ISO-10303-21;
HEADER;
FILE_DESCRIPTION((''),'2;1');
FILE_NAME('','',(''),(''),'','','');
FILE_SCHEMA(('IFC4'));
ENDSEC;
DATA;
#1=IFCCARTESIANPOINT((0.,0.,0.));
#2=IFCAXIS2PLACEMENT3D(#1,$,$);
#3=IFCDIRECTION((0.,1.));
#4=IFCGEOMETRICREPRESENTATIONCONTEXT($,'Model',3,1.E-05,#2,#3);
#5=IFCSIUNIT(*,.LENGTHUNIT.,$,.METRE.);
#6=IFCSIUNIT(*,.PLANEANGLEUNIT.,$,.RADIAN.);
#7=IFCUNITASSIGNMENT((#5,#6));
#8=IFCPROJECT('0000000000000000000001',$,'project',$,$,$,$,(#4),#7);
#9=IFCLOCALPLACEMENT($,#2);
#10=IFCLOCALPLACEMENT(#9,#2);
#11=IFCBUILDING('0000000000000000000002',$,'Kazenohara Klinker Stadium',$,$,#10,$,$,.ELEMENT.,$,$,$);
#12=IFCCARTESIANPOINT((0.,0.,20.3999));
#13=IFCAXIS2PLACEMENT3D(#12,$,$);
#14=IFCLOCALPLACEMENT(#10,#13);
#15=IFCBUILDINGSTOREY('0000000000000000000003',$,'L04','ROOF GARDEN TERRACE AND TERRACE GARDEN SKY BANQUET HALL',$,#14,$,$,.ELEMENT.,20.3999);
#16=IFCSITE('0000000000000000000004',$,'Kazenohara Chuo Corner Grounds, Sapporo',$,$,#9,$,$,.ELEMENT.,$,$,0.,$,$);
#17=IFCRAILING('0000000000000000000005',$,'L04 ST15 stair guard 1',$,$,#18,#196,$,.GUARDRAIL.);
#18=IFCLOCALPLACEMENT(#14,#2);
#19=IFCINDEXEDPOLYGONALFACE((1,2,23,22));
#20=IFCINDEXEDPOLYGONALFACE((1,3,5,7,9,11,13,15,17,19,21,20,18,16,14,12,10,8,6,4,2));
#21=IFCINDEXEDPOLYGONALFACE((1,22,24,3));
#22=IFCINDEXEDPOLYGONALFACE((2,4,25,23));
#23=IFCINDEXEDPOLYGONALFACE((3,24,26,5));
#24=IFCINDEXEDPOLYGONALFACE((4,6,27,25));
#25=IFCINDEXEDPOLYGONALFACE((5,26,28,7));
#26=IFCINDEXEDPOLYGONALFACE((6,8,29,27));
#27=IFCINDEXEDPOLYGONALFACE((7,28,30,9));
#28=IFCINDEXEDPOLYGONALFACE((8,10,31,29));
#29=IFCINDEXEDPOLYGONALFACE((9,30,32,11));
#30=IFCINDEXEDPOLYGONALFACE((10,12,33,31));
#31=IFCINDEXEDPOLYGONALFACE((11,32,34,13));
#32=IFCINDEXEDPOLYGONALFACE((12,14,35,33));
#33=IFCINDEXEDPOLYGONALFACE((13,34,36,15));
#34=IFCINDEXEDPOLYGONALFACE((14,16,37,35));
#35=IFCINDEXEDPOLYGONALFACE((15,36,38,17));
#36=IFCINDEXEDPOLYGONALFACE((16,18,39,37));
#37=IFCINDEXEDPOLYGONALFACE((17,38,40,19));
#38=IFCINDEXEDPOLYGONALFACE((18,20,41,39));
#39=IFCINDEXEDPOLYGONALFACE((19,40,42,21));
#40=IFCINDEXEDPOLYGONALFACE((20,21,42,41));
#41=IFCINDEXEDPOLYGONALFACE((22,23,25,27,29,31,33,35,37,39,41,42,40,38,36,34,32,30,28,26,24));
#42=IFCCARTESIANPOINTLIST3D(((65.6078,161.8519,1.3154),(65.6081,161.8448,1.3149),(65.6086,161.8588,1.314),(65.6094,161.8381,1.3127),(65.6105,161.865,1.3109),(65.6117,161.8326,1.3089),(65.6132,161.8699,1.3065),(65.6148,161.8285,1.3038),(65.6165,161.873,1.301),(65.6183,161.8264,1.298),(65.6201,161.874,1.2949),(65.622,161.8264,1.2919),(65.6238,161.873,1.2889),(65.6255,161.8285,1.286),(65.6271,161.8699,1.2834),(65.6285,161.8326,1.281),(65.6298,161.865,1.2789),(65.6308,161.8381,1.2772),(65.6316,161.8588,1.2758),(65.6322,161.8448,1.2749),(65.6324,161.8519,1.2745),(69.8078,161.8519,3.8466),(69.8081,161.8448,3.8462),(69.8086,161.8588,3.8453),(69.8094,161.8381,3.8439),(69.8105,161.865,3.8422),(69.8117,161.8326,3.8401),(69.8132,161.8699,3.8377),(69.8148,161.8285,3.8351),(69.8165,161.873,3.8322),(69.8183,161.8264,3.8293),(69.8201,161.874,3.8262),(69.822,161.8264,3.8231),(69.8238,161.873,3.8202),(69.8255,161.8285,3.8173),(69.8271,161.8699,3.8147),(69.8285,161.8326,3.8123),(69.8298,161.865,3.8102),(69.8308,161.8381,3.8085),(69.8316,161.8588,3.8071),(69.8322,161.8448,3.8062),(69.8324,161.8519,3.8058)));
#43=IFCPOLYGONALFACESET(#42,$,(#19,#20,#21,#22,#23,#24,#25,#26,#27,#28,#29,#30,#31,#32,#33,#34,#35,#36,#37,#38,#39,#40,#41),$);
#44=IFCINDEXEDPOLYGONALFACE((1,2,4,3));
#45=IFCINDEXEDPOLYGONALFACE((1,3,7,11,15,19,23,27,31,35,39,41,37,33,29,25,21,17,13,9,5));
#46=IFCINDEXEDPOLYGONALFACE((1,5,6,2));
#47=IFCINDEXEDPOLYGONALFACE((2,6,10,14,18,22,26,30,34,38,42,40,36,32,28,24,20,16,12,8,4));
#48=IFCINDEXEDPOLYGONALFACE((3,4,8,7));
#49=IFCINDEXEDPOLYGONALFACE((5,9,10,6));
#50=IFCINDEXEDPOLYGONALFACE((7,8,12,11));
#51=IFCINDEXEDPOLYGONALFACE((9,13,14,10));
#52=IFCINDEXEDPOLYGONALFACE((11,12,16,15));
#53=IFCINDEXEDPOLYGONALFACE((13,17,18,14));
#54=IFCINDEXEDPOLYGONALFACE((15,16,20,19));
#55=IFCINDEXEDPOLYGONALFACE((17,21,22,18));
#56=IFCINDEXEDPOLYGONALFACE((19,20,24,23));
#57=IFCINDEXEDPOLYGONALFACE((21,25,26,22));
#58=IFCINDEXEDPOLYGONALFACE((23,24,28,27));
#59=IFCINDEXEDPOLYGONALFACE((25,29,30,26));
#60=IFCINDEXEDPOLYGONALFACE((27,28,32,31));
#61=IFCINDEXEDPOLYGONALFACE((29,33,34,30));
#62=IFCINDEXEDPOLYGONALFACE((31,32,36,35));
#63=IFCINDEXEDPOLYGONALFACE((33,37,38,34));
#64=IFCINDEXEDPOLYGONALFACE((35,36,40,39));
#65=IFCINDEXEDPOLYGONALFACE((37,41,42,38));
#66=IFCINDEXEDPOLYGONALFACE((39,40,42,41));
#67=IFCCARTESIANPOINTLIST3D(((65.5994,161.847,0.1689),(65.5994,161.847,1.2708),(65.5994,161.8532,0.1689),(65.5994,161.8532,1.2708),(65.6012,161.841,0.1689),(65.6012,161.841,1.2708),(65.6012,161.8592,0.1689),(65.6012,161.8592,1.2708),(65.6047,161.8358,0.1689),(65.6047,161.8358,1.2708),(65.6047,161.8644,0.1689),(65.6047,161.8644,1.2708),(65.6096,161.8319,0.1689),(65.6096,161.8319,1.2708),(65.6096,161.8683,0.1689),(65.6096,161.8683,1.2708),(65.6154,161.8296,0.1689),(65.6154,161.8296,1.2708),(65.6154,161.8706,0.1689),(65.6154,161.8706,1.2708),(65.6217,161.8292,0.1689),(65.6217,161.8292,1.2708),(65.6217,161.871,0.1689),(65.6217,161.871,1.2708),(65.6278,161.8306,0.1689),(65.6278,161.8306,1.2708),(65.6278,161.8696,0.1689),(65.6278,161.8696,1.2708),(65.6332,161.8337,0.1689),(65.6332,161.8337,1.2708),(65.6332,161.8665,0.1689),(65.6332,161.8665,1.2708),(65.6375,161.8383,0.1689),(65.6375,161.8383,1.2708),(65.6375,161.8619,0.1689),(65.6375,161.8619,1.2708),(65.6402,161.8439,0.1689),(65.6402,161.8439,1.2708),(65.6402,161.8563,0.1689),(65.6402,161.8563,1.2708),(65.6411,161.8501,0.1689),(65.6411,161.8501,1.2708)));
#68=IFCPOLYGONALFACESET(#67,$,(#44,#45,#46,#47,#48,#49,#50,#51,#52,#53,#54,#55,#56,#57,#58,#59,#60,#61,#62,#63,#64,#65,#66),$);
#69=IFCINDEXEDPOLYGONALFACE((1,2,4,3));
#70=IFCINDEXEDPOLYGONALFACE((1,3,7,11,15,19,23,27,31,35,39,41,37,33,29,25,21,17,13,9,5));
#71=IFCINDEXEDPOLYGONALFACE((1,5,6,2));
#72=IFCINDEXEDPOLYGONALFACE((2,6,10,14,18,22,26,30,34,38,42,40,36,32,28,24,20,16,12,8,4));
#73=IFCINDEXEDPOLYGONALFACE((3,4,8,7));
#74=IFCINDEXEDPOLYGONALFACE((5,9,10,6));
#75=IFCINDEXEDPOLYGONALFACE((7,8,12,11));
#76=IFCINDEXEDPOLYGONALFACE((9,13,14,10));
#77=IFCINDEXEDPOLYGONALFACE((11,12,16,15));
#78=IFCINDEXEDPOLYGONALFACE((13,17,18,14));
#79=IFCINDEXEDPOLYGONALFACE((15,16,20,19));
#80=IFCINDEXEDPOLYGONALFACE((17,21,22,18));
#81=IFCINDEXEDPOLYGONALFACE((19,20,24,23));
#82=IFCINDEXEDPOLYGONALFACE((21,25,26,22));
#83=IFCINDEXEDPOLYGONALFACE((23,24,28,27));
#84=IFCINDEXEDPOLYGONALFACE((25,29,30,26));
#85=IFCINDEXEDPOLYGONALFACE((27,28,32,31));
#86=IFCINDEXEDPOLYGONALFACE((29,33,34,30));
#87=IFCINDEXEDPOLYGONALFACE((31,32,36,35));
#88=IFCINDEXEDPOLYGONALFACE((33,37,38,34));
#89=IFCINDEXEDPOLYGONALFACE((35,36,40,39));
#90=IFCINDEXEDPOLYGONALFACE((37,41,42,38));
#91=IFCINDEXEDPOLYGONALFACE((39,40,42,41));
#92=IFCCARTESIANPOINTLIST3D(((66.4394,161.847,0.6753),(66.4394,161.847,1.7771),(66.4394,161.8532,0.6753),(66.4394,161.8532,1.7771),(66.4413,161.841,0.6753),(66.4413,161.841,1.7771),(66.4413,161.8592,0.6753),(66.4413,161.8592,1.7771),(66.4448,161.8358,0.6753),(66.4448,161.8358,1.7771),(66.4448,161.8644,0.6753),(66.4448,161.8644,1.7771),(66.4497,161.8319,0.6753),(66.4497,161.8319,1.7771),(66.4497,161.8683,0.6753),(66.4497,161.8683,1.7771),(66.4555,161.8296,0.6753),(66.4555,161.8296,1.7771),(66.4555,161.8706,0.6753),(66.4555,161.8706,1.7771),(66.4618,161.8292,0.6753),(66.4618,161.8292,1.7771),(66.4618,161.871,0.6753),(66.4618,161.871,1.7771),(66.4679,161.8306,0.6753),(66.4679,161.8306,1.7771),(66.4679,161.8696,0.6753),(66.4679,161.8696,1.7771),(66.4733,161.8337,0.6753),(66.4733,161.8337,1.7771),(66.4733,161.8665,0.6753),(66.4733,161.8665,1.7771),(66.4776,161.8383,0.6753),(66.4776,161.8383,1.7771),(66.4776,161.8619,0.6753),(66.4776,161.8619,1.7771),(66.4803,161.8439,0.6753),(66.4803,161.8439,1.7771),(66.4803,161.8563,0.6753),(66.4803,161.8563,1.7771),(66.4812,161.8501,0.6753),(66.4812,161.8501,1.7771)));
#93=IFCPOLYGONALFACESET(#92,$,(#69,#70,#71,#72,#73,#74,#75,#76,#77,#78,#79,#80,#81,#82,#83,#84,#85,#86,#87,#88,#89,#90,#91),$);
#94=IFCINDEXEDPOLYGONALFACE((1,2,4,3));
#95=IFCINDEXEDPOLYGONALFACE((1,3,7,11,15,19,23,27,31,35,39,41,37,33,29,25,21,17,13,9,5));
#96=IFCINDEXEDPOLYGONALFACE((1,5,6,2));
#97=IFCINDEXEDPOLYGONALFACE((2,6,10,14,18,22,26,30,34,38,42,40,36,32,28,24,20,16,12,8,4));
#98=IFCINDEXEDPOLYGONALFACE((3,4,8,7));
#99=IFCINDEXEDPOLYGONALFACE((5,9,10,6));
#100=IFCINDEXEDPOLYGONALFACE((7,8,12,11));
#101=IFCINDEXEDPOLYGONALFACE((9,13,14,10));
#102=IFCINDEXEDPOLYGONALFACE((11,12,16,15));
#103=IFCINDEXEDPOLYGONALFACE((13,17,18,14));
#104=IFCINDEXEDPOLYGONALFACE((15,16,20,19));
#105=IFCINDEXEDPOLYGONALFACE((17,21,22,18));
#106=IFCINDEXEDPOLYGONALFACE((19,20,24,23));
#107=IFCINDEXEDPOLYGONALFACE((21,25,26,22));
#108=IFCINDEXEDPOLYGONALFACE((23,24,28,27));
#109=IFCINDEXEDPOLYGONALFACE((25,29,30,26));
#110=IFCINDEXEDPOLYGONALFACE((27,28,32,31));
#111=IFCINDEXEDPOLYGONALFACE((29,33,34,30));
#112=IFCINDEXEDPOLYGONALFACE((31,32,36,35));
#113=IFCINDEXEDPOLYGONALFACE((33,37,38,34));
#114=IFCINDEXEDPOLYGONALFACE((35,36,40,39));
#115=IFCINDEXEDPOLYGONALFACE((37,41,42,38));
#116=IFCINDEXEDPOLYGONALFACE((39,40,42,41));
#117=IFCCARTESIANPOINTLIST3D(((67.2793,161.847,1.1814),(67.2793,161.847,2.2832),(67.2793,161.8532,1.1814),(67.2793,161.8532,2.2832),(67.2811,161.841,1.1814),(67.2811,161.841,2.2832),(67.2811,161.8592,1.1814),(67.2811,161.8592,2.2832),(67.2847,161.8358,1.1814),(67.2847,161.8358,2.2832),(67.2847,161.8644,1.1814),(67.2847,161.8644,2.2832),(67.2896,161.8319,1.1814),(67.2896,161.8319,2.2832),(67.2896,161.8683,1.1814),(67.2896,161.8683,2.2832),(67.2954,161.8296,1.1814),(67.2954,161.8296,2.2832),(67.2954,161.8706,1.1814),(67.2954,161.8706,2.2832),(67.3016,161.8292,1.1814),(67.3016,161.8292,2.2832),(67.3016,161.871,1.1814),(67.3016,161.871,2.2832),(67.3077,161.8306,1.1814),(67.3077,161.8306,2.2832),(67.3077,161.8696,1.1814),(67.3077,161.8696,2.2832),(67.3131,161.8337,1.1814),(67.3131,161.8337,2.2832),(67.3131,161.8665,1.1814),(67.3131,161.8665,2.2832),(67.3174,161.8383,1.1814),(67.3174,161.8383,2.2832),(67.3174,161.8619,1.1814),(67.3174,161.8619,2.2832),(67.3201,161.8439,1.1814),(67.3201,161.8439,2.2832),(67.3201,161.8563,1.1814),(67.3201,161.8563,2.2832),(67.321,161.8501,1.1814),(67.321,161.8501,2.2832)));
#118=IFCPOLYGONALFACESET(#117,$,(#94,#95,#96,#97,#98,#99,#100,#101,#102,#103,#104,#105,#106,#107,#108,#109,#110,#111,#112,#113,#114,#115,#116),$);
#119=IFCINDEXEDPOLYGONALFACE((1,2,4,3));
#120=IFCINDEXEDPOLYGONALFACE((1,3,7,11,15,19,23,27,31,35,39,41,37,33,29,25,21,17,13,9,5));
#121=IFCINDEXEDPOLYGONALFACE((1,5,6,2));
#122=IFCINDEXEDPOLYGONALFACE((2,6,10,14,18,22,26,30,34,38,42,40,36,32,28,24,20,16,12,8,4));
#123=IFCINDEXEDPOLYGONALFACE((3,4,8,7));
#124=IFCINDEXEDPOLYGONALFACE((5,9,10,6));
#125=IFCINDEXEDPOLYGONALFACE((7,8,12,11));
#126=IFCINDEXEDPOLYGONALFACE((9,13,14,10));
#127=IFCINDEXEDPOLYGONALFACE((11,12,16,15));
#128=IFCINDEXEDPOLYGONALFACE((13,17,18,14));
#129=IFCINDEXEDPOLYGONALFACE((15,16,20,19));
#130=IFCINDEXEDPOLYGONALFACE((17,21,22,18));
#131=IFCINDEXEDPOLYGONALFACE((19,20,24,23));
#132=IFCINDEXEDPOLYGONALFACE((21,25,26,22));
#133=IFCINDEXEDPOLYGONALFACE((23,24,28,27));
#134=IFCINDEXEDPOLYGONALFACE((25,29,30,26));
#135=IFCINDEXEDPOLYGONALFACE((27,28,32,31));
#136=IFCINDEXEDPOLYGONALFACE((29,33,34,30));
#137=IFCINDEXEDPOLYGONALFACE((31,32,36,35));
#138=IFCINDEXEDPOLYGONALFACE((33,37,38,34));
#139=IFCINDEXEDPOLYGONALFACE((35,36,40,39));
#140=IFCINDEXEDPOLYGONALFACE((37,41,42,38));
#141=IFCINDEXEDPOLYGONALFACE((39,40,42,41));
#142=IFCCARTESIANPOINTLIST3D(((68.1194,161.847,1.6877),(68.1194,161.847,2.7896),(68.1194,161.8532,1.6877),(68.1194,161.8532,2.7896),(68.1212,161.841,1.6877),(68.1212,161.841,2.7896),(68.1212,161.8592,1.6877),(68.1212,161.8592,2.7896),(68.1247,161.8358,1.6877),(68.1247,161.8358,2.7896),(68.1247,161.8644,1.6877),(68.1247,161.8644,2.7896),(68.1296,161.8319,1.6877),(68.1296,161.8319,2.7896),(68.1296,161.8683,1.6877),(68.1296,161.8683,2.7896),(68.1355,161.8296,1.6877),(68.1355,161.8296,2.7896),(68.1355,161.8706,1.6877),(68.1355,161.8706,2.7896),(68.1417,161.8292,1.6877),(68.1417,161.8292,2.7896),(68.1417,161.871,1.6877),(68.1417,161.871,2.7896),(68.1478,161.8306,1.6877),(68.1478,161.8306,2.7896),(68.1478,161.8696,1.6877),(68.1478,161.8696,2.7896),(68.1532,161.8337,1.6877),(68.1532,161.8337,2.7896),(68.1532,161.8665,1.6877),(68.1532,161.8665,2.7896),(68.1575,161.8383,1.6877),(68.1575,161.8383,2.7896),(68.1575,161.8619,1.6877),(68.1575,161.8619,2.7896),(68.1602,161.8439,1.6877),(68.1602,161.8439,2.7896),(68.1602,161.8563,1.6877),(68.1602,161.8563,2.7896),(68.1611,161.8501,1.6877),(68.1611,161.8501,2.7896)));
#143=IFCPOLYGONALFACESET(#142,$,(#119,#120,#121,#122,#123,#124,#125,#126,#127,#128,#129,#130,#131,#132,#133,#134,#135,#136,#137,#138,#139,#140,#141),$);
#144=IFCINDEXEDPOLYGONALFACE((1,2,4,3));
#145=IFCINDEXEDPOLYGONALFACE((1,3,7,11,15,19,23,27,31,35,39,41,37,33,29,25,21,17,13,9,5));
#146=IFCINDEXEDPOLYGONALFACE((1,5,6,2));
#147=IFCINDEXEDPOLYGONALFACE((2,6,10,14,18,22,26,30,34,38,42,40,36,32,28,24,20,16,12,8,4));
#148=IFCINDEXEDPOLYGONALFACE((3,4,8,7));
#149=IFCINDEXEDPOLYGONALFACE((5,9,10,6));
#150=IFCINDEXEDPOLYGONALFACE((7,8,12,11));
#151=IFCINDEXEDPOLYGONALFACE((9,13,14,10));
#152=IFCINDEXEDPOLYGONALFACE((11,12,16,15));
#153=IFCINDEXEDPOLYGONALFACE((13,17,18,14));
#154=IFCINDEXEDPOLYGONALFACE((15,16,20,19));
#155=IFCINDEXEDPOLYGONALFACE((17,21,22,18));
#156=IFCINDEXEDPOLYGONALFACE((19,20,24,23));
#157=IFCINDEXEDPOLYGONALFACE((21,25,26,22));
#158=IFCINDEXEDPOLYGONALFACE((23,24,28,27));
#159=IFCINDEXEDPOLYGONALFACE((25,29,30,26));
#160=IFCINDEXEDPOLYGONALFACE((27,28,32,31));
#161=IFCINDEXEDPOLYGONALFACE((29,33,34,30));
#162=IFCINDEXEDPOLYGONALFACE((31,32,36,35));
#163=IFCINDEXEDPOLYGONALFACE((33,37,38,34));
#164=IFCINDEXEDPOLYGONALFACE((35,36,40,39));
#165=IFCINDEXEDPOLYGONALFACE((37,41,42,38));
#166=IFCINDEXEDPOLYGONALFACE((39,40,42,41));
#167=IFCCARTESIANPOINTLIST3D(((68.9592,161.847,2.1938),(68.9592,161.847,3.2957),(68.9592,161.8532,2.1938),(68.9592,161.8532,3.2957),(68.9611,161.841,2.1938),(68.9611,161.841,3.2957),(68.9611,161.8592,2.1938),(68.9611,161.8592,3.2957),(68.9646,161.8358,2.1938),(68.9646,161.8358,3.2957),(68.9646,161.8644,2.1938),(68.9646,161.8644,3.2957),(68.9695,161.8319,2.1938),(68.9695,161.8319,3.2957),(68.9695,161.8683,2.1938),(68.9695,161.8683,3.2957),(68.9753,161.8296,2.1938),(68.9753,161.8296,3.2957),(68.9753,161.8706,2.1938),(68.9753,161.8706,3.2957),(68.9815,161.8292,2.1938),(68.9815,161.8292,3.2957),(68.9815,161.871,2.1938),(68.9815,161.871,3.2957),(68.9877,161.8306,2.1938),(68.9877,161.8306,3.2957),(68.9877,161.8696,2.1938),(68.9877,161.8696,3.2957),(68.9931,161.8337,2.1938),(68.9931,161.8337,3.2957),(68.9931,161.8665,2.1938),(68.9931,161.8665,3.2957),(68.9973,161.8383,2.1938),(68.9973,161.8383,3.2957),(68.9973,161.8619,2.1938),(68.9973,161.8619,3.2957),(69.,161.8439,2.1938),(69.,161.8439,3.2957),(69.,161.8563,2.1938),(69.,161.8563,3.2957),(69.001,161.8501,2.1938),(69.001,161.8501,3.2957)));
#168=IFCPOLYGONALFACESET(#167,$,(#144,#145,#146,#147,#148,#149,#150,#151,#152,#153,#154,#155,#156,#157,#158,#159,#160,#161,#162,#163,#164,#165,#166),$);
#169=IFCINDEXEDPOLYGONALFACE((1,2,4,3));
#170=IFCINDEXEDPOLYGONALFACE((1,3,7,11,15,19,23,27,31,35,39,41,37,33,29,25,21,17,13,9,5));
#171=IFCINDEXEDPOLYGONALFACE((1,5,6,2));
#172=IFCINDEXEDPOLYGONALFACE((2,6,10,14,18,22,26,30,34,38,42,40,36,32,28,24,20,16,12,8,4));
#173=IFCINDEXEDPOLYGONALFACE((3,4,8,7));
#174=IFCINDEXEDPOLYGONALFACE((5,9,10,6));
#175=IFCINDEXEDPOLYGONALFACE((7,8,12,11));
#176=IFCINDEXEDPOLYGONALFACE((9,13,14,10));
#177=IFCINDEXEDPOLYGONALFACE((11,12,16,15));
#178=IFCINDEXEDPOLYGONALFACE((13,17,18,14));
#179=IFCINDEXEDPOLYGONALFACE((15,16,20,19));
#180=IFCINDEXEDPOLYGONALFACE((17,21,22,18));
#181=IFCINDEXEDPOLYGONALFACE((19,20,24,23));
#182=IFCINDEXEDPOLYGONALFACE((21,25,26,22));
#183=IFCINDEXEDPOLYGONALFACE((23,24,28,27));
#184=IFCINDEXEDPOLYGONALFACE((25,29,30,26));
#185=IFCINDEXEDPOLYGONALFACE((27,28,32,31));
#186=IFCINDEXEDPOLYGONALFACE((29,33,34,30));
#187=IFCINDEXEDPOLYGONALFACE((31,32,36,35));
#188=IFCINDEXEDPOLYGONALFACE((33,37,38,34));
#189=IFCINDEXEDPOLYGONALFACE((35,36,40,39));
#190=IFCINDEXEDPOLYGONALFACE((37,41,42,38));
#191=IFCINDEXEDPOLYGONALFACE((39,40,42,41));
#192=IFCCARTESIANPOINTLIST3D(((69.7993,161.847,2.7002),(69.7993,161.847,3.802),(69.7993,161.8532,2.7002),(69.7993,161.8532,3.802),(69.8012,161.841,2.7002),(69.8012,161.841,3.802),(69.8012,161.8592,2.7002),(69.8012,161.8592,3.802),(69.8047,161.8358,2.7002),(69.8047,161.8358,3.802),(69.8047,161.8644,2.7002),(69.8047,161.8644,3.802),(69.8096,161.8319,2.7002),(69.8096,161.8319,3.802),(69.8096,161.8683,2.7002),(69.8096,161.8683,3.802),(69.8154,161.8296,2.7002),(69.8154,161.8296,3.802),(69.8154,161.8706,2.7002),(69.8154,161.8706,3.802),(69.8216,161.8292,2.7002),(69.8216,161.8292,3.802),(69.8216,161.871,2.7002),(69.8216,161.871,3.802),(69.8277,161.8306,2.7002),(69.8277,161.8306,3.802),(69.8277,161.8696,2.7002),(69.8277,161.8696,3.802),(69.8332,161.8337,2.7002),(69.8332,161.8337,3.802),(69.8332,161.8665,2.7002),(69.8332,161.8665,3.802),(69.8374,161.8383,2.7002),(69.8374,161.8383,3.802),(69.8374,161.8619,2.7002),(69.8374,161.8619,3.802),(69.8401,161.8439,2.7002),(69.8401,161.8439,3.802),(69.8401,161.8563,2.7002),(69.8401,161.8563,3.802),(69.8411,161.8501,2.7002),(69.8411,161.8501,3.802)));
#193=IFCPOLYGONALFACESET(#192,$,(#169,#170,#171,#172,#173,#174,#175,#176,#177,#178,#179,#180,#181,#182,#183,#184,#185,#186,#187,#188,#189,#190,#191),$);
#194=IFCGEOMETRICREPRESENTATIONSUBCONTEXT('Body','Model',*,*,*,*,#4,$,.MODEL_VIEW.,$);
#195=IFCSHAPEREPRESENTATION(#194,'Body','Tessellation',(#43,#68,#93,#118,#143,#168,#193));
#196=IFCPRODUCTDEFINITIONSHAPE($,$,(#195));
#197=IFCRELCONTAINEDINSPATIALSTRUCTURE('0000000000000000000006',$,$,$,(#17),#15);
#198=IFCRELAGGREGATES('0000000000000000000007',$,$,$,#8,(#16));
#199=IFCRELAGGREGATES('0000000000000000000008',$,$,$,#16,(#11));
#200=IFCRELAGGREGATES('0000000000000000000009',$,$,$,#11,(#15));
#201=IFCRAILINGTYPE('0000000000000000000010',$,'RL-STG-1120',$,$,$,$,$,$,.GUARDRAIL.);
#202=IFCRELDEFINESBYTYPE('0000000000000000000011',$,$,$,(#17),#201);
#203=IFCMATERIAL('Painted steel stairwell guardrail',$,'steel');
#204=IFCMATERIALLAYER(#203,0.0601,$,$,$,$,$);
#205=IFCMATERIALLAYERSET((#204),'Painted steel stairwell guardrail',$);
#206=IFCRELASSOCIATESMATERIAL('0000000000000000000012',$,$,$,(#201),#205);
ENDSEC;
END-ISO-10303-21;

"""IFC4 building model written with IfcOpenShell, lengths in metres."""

from ifc_helpers import new_model, si_unit, direction, frame, origin, origin_2d, place, context, subcontext, project, spatial, circle, extrude, material, layer, layer_set, type_object, element, save


model = new_model("IFC4")

# Units and contexts
model_context = context("Model", 3, precision=1e-05, world=origin(), true_north=direction((0.0, 1.0)))
body_context = subcontext(model_context, "Body", "Model", "MODEL_VIEW")
ifc_project = project(units=[si_unit("LENGTHUNIT", "METRE"), si_unit("PLANEANGLEUNIT", "RADIAN")], contexts=[model_context])

# Site, building, storey
site_placement = place(None, origin())
site = spatial("IfcSite", under=ifc_project, at=site_placement, Name="Kazenohara Chuo Corner Grounds, Sapporo", CompositionType="ELEMENT", RefElevation=0.0)
building_placement = place(site_placement, origin())
building = spatial("IfcBuilding", under=site, at=building_placement, Name="Kazenohara Klinker Stadium", CompositionType="ELEMENT")
storey_placement = place(building_placement, frame((0.0, 0.0, 20.3999)))
storey = spatial("IfcBuildingStorey", under=building, at=storey_placement, Name="L04", Description="ROOF GARDEN TERRACE AND TERRACE GARDEN SKY BANQUET HALL", CompositionType="ELEMENT", Elevation=20.3999)

# Railing
ifc_material_1 = material(Name="Painted steel stairwell guardrail", Category="steel")
ifc_layer_1 = layer(ifc_material_1, 0.0601)
ifc_layer_set_1 = layer_set([ifc_layer_1], Name="Painted steel stairwell guardrail")
railing_type_1 = type_object("IfcRailingType", Name="RL-STG-1120", PredefinedType="GUARDRAIL", material=ifc_layer_set_1)
railing_1_placement = place(storey_placement, frame((65.6201, 161.8501, 0.1689)))
element("IfcRailing", 1, at=railing_1_placement, inside=storey, type_object=railing_type_1, Name="L04 ST15 stair guard 1", PredefinedType="GUARDRAIL", context=body_context, shape_type="SweptSolid", body=[
    extrude(circle(Radius=0.0239, at=origin_2d()), frame((0.0, 0.0, 1.126), z_axis=(0.856476, 0.0, 0.516186), x_axis=(0.0, 1.0, 0.0)), (0.0, 0.0, 1.0), 4.9038),
    extrude(circle(Radius=0.021, at=origin_2d()), origin(), (0.0, 0.0, 1.0), 1.1018),
    extrude(circle(Radius=0.021, at=origin_2d()), frame((0.8401, 0.0, 0.5063)), (0.0, 0.0, 1.0), 1.1018),
    extrude(circle(Radius=0.021, at=origin_2d()), frame((1.6799, 0.0, 1.0125)), (0.0, 0.0, 1.0), 1.1018),
    extrude(circle(Radius=0.021, at=origin_2d()), frame((2.52, 0.0, 1.5188)), (0.0, 0.0, 1.0), 1.1018),
    extrude(circle(Radius=0.021, at=origin_2d()), frame((3.3599, 0.0, 2.0249)), (0.0, 0.0, 1.0), 1.1018),
    extrude(circle(Radius=0.021, at=origin_2d()), frame((4.2, 0.0, 2.5312)), (0.0, 0.0, 1.0), 1.1018),
])

save(model, "model.ifc")
